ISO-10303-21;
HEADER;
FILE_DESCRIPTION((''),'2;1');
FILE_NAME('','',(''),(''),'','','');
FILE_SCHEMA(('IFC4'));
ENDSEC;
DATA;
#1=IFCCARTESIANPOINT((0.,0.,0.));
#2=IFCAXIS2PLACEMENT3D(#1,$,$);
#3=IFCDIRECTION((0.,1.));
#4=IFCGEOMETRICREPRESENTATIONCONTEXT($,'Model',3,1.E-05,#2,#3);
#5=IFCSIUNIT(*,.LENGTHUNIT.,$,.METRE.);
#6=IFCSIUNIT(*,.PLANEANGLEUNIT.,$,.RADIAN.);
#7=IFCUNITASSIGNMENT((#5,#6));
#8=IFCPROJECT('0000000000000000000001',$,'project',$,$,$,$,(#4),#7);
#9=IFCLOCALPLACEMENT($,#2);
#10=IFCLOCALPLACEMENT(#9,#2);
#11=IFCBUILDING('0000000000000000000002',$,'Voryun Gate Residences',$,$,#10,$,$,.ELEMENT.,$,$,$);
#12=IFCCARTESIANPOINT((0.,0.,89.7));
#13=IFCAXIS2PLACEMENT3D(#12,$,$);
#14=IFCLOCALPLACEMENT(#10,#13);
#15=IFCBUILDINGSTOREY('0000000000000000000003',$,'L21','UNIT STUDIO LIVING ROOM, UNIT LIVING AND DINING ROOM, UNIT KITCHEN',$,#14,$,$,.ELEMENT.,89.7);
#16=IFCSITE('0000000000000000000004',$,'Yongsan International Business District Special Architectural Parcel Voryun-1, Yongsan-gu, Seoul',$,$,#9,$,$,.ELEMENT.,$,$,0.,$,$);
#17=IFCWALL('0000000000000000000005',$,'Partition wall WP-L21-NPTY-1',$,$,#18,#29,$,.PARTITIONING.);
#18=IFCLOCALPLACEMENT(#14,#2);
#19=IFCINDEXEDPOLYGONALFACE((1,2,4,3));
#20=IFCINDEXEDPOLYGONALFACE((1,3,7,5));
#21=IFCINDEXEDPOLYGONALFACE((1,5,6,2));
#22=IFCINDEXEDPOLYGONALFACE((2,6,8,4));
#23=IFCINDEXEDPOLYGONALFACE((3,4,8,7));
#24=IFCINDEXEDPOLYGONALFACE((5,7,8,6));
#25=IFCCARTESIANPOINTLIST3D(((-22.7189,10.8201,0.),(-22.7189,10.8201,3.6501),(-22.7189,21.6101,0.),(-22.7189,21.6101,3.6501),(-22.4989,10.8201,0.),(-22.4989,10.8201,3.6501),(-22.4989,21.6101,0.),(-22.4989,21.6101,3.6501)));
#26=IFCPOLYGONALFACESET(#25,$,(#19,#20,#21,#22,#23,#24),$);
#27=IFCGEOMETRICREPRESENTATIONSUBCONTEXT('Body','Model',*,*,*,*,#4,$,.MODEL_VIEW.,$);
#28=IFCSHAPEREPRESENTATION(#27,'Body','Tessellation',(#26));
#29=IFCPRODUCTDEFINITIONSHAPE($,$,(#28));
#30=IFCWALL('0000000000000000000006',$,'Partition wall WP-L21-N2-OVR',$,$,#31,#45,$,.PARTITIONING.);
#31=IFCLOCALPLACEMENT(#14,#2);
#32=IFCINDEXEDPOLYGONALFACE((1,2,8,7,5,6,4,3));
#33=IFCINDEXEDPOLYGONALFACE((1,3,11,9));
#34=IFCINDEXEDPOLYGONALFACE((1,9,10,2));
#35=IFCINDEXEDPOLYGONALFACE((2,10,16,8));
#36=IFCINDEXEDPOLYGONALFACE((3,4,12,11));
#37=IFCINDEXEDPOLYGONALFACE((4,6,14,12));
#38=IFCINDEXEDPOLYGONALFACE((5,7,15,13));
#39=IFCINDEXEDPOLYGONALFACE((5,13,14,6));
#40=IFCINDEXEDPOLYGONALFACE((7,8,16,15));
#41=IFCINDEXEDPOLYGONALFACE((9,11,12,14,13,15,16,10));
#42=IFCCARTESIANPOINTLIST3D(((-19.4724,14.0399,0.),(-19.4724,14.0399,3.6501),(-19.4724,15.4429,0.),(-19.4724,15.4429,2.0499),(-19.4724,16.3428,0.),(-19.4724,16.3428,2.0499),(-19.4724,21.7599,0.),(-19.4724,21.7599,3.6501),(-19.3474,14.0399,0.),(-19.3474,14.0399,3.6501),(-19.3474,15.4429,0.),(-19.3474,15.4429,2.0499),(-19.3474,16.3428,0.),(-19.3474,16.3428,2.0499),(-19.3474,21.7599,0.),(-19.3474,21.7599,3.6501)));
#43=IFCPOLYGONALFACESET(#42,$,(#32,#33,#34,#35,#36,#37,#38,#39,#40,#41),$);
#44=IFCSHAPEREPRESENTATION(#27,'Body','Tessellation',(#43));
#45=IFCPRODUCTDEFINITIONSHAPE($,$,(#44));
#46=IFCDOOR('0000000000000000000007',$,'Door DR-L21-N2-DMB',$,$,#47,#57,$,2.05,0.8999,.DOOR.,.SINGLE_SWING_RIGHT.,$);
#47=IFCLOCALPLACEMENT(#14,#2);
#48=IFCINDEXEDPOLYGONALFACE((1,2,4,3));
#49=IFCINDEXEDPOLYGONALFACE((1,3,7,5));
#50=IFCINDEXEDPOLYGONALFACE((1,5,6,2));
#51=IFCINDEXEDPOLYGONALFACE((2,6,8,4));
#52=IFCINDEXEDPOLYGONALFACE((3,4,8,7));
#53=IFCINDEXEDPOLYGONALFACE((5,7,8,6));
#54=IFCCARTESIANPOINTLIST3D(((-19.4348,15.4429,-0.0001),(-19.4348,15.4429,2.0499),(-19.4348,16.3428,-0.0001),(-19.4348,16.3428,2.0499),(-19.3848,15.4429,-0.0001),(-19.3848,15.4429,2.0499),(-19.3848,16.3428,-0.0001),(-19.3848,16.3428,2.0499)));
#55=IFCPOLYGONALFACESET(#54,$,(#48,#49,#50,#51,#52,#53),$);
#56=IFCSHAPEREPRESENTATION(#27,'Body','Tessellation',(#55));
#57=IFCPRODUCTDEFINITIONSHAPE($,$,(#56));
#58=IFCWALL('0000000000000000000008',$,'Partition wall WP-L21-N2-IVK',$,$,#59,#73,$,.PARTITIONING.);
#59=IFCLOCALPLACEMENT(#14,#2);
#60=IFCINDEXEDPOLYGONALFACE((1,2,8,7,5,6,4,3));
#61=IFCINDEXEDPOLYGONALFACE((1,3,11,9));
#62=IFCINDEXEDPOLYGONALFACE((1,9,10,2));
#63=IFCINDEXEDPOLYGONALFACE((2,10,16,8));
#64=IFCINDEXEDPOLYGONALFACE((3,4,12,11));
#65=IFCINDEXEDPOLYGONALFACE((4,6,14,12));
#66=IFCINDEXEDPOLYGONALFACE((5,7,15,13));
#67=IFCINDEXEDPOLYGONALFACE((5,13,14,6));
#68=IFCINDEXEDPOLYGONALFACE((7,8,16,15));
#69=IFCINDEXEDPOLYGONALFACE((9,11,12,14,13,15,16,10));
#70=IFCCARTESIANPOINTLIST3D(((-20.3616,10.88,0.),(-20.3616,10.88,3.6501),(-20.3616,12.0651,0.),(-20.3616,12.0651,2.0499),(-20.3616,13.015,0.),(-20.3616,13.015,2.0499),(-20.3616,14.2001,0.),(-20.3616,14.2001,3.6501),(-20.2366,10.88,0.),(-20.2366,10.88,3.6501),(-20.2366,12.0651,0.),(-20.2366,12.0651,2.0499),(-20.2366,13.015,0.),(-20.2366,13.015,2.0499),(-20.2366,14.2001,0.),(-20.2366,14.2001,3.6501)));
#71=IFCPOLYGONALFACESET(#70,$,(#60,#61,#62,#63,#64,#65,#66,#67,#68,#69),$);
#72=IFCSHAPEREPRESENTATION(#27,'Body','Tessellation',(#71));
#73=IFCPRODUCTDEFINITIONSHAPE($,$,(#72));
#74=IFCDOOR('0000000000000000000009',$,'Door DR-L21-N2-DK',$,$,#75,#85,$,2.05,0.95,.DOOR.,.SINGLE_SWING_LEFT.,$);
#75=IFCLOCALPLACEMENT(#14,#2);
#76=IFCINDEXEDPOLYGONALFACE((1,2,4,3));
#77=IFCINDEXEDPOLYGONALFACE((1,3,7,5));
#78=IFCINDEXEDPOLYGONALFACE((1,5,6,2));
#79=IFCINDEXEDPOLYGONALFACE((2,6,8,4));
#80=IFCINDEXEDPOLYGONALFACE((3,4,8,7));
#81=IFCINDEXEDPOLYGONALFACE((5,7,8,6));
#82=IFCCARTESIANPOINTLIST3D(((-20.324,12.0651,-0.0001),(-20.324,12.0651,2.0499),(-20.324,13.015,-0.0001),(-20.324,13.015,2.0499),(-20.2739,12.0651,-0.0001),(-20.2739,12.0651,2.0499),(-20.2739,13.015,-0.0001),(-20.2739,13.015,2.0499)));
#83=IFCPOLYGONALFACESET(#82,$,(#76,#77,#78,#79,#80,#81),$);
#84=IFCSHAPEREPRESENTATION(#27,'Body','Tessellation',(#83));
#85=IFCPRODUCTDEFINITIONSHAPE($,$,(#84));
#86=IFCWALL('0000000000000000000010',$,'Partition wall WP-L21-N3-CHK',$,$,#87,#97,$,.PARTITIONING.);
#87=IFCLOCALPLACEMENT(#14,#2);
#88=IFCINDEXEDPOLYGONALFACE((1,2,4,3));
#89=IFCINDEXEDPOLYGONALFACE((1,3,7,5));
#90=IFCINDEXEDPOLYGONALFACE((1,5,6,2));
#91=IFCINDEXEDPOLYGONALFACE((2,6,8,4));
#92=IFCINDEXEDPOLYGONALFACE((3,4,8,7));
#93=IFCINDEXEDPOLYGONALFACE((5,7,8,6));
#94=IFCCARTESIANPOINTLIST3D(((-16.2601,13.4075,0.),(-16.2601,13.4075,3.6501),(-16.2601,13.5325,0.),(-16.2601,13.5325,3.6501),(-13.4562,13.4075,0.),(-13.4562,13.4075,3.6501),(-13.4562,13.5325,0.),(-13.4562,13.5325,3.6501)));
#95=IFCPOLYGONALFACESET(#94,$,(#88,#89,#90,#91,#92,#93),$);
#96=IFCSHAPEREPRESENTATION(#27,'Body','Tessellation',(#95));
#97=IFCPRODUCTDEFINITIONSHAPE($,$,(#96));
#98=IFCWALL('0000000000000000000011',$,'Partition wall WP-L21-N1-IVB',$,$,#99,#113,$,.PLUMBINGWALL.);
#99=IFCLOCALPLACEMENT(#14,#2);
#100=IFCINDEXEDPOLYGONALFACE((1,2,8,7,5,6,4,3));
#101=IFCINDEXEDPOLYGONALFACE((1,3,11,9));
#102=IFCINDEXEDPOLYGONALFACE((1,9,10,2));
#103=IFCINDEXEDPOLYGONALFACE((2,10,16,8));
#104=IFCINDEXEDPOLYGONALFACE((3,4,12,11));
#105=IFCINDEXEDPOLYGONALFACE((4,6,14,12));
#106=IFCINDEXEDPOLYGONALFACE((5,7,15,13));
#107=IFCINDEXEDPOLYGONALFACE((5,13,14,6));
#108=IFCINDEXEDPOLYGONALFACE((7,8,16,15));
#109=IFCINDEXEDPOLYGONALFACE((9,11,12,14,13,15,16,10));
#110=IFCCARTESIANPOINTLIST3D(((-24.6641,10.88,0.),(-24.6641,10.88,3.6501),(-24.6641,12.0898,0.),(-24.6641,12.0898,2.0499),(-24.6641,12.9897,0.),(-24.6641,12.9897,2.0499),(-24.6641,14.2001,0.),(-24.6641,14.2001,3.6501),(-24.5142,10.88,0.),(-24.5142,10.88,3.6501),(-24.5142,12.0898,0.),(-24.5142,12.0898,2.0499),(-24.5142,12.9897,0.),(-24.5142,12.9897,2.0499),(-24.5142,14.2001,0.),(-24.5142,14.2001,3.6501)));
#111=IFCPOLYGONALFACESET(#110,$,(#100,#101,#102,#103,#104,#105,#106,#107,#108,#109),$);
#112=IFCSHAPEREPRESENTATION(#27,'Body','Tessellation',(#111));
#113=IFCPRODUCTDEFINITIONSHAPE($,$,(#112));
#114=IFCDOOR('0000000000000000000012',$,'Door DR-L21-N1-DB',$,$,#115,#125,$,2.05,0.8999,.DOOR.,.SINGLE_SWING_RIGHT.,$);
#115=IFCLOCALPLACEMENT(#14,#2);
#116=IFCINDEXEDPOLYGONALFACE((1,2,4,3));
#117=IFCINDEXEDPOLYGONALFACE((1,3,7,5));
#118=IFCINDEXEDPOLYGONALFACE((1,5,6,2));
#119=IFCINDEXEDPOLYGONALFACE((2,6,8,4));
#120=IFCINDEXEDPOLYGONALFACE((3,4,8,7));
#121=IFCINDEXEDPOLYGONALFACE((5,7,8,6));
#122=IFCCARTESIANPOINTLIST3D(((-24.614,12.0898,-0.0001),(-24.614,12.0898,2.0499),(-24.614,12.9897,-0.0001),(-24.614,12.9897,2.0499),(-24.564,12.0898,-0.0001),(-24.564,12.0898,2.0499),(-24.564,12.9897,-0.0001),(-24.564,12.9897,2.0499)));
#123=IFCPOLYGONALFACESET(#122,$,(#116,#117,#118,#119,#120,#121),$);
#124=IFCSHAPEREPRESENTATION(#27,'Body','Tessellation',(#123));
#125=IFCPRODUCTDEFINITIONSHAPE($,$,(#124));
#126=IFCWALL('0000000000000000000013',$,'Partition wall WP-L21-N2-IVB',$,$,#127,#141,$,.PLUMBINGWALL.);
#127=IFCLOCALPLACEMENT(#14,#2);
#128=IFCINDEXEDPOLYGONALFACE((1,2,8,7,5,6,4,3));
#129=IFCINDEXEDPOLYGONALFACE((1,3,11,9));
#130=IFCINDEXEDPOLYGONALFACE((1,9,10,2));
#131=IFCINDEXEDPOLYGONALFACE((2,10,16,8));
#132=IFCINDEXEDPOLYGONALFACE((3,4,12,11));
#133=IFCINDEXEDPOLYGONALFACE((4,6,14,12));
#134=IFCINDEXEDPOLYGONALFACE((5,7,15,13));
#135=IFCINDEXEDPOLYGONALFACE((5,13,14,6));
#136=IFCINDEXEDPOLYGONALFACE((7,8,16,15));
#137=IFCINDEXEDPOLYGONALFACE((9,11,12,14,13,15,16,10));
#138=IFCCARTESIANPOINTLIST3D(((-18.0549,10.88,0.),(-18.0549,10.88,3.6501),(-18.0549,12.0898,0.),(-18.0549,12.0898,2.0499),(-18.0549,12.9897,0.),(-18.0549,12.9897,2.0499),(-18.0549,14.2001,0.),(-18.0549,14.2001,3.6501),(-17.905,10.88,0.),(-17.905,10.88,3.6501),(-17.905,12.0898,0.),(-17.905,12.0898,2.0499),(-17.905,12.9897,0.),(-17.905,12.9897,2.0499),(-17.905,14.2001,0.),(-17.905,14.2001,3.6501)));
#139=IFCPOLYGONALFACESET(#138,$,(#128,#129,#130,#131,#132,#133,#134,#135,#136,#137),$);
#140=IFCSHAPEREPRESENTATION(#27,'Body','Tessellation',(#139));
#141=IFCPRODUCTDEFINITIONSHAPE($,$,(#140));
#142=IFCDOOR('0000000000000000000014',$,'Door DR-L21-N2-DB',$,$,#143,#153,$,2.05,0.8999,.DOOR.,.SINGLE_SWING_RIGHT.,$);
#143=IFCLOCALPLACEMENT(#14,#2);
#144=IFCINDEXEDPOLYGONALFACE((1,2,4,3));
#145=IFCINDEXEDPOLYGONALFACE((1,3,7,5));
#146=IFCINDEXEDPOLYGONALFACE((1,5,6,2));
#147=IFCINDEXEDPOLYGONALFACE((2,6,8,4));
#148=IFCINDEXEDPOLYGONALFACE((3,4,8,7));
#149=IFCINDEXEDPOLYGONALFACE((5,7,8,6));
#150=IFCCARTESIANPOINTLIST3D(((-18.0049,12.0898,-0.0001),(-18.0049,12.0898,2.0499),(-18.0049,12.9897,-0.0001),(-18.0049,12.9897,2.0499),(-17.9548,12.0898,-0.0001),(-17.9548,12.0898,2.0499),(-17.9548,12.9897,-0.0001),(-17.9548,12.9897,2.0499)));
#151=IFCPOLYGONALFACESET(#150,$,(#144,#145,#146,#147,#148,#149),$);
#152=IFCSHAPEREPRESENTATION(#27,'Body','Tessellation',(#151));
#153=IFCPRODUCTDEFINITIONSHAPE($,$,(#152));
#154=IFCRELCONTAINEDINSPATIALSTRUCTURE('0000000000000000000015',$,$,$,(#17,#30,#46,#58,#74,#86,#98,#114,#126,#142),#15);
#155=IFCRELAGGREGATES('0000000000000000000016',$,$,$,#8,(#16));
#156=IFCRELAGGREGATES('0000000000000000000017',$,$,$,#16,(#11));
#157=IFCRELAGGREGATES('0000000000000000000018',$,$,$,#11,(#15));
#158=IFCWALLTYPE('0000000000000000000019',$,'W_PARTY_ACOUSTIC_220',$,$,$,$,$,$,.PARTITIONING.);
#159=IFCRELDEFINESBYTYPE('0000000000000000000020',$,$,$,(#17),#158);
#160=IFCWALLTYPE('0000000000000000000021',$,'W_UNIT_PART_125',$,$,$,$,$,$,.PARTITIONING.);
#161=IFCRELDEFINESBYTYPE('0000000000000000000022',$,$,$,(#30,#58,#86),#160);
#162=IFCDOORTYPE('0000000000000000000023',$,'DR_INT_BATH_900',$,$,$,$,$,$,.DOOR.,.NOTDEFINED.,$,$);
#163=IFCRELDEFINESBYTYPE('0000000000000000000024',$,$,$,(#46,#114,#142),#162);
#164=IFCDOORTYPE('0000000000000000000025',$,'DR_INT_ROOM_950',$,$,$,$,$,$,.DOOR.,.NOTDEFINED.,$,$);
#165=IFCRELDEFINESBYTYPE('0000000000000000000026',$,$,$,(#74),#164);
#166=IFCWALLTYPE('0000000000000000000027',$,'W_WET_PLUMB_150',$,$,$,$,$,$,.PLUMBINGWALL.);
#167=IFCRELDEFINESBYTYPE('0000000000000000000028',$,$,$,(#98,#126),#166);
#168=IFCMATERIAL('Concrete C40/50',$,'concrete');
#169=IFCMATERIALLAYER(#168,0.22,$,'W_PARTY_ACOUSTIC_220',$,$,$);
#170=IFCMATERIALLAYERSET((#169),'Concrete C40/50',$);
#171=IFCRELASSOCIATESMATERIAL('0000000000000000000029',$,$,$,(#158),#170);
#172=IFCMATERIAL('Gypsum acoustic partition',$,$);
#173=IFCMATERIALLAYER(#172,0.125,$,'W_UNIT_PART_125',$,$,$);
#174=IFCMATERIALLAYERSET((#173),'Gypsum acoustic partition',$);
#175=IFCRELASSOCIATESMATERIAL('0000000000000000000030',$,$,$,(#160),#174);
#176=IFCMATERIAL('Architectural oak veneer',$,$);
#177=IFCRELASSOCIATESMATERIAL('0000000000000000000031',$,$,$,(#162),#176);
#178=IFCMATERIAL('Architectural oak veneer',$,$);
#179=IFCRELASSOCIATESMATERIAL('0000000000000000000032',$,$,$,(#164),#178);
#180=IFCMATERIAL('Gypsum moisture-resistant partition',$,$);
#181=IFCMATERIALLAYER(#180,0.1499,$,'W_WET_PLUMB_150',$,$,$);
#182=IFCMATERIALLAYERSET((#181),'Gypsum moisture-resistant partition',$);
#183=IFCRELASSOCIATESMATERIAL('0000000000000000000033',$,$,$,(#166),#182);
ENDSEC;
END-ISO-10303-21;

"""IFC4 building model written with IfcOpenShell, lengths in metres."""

from ifc_helpers import new_model, si_unit, direction, frame, frame_2d, origin, place, context, subcontext, project, spatial, rectangle, extrude, material, layer, layer_set, type_object, element, fill, save


model = new_model("IFC4")

# Units and contexts
model_context = context("Model", 3, precision=1e-05, world=origin(), true_north=direction((0.0, 1.0)))
body_context = subcontext(model_context, "Body", "Model", "MODEL_VIEW")
ifc_project = project(units=[si_unit("LENGTHUNIT", "METRE"), si_unit("PLANEANGLEUNIT", "RADIAN")], contexts=[model_context])

# Site, building, storey
site_placement = place(None, origin())
site = spatial("IfcSite", under=ifc_project, at=site_placement, Name="Yongsan International Business District Special Architectural Parcel Voryun-1, Yongsan-gu, Seoul", CompositionType="ELEMENT", RefElevation=0.0)
building_placement = place(site_placement, origin())
building = spatial("IfcBuilding", under=site, at=building_placement, Name="Voryun Gate Residences", CompositionType="ELEMENT")
storey_placement = place(building_placement, frame((0.0, 0.0, 89.7)))
storey = spatial("IfcBuildingStorey", under=building, at=storey_placement, Name="L21", Description="UNIT STUDIO LIVING ROOM, UNIT LIVING AND DINING ROOM, UNIT KITCHEN", CompositionType="ELEMENT", Elevation=89.7)

# Wall
ifc_material_1 = material(Name="Concrete C40/50", Category="concrete")
ifc_layer_1 = layer(ifc_material_1, 0.22, Name="W_PARTY_ACOUSTIC_220")
ifc_layer_set_1 = layer_set([ifc_layer_1], Name="Concrete C40/50")
wall_type_1 = type_object("IfcWallType", Name="W_PARTY_ACOUSTIC_220", PredefinedType="PARTITIONING", material=ifc_layer_set_1)
wall_1_placement = place(storey_placement, frame((-22.6089, 10.8201, 0.0), z_axis=(0.0, 0.0, 1.0), x_axis=(0.0, 1.0, 0.0)))
element("IfcWall", 1, at=wall_1_placement, inside=storey, type_object=wall_type_1, Name="Partition wall WP-L21-NPTY-1", PredefinedType="PARTITIONING", context=body_context, shape_type="SweptSolid", body=[
    extrude(rectangle(XDim=10.79, YDim=0.22, at=frame_2d((5.395, 0.0))), origin(), (0.0, 0.0, 1.0), 3.6501),
])

# Walls, openings, doors
ifc_material_2 = material(Name="Gypsum acoustic partition")
ifc_layer_2 = layer(ifc_material_2, 0.125, Name="W_UNIT_PART_125")
ifc_layer_set_2 = layer_set([ifc_layer_2], Name="Gypsum acoustic partition")
wall_type_2 = type_object("IfcWallType", Name="W_UNIT_PART_125", PredefinedType="PARTITIONING", material=ifc_layer_set_2)
wall_2_placement = place(storey_placement, frame((-19.4099, 14.04, 0.0), z_axis=(0.0, 0.0, 1.0), x_axis=(0.0, 1.0, 0.0)))
wall_2 = element("IfcWall", 2, at=wall_2_placement, inside=storey, type_object=wall_type_2, Name="Partition wall WP-L21-N2-OVR", PredefinedType="PARTITIONING", context=body_context, shape_type="SweptSolid", body=[
    extrude(rectangle(XDim=7.72, YDim=0.125, at=frame_2d((3.8599, 0.0))), origin(), (0.0, 0.0, 1.0), 3.6501),
])
opening_1_placement = place(wall_2_placement, frame((1.4028, 0.0, 0.0)))
opening_1 = element("IfcOpeningElement", 3, at=opening_1_placement, cuts=wall_2, PredefinedType="OPENING", context=body_context, shape_type="SweptSolid", body=[
    extrude(rectangle(XDim=0.8999, YDim=2.05, at=frame_2d((0.45, 1.0249))), frame((0.0, 0.0725, 0.0), z_axis=(0.0, -1.0, 0.0), x_axis=(1.0, 0.0, 0.0)), (0.0, 0.0, 1.0), 0.145),
])
ifc_material_3 = material(Name="Architectural oak veneer")
door_type_1 = type_object("IfcDoorType", Name="DR_INT_BATH_900", OperationType="NOTDEFINED", PredefinedType="DOOR", material=ifc_material_3)
door_1_placement = place(opening_1_placement, origin())
door_1 = element("IfcDoor", 4, at=door_1_placement, inside=storey, type_object=door_type_1, Name="Door DR-L21-N2-DMB", OperationType="SINGLE_SWING_RIGHT", OverallHeight=2.05, OverallWidth=0.8999, PredefinedType="DOOR", context=body_context, shape_type="SweptSolid", body=[
    extrude(rectangle(XDim=0.8999, YDim=2.05, at=frame_2d((0.45, 1.0249))), frame((0.0, 0.0249, 0.0), z_axis=(0.0, -1.0, 0.0), x_axis=(1.0, 0.0, 0.0)), (0.0, 0.0, 1.0), 0.05),
])
fill(opening_1, door_1)
wall_3_placement = place(storey_placement, frame((-20.2991, 10.8799, 0.0), z_axis=(0.0, 0.0, 1.0), x_axis=(0.0, 1.0, 0.0)))
wall_3 = element("IfcWall", 5, at=wall_3_placement, inside=storey, type_object=wall_type_2, Name="Partition wall WP-L21-N2-IVK", PredefinedType="PARTITIONING", context=body_context, shape_type="SweptSolid", body=[
    extrude(rectangle(XDim=3.3201, YDim=0.125, at=frame_2d((1.6602, 0.0))), origin(), (0.0, 0.0, 1.0), 3.6501),
])
opening_2_placement = place(wall_3_placement, frame((1.1851, 0.0, 0.0)))
opening_2 = element("IfcOpeningElement", 6, at=opening_2_placement, cuts=wall_3, PredefinedType="OPENING", context=body_context, shape_type="SweptSolid", body=[
    extrude(rectangle(XDim=0.95, YDim=2.05, at=frame_2d((0.4751, 1.0249))), frame((0.0, 0.0725, 0.0), z_axis=(0.0, -1.0, 0.0), x_axis=(1.0, 0.0, 0.0)), (0.0, 0.0, 1.0), 0.145),
])
ifc_material_4 = material(Name="Architectural oak veneer")
door_type_2 = type_object("IfcDoorType", Name="DR_INT_ROOM_950", OperationType="NOTDEFINED", PredefinedType="DOOR", material=ifc_material_4)
door_2_placement = place(opening_2_placement, origin())
door_2 = element("IfcDoor", 7, at=door_2_placement, inside=storey, type_object=door_type_2, Name="Door DR-L21-N2-DK", OperationType="SINGLE_SWING_LEFT", OverallHeight=2.05, OverallWidth=0.95, PredefinedType="DOOR", context=body_context, shape_type="SweptSolid", body=[
    extrude(rectangle(XDim=0.95, YDim=2.05, at=frame_2d((0.4751, 1.0249))), frame((0.0, 0.0249, 0.0), z_axis=(0.0, -1.0, 0.0), x_axis=(1.0, 0.0, 0.0)), (0.0, 0.0, 1.0), 0.05),
])
fill(opening_2, door_2)

# Wall
wall_4_placement = place(storey_placement, frame((-16.26, 13.47, 0.0), z_axis=(0.0, 0.0, 1.0), x_axis=(1.0, 0.0, 0.0)))
element("IfcWall", 8, at=wall_4_placement, inside=storey, type_object=wall_type_2, Name="Partition wall WP-L21-N3-CHK", PredefinedType="PARTITIONING", context=body_context, shape_type="SweptSolid", body=[
    extrude(rectangle(XDim=2.804, YDim=0.125, at=frame_2d((1.4019, 0.0))), origin(), (0.0, 0.0, 1.0), 3.6501),
])

# Walls, openings, doors
ifc_material_5 = material(Name="Gypsum moisture-resistant partition")
ifc_layer_3 = layer(ifc_material_5, 0.1499, Name="W_WET_PLUMB_150")
ifc_layer_set_3 = layer_set([ifc_layer_3], Name="Gypsum moisture-resistant partition")
wall_type_3 = type_object("IfcWallType", Name="W_WET_PLUMB_150", PredefinedType="PLUMBINGWALL", material=ifc_layer_set_3)
wall_5_placement = place(storey_placement, frame((-24.5891, 10.8799, 0.0), z_axis=(0.0, 0.0, 1.0), x_axis=(0.0, 1.0, 0.0)))
wall_5 = element("IfcWall", 9, at=wall_5_placement, inside=storey, type_object=wall_type_3, Name="Partition wall WP-L21-N1-IVB", PredefinedType="PLUMBINGWALL", context=body_context, shape_type="SweptSolid", body=[
    extrude(rectangle(XDim=3.3201, YDim=0.1499, at=frame_2d((1.6602, 0.0))), origin(), (0.0, 0.0, 1.0), 3.6501),
])
opening_3_placement = place(wall_5_placement, frame((1.21, 0.0, 0.0)))
opening_3 = element("IfcOpeningElement", 10, at=opening_3_placement, cuts=wall_5, PredefinedType="OPENING", context=body_context, shape_type="SweptSolid", body=[
    extrude(rectangle(XDim=0.8999, YDim=2.05, at=frame_2d((0.45, 1.0249))), frame((0.0, 0.085, 0.0), z_axis=(0.0, -1.0, 0.0), x_axis=(1.0, 0.0, 0.0)), (0.0, 0.0, 1.0), 0.1699),
])
door_3_placement = place(opening_3_placement, origin())
door_3 = element("IfcDoor", 11, at=door_3_placement, inside=storey, type_object=door_type_1, Name="Door DR-L21-N1-DB", OperationType="SINGLE_SWING_RIGHT", OverallHeight=2.05, OverallWidth=0.8999, PredefinedType="DOOR", context=body_context, shape_type="SweptSolid", body=[
    extrude(rectangle(XDim=0.8999, YDim=2.05, at=frame_2d((0.45, 1.0249))), frame((0.0, 0.0249, 0.0), z_axis=(0.0, -1.0, 0.0), x_axis=(1.0, 0.0, 0.0)), (0.0, 0.0, 1.0), 0.05),
])
fill(opening_3, door_3)
wall_6_placement = place(storey_placement, frame((-17.98, 10.8799, 0.0), z_axis=(0.0, 0.0, 1.0), x_axis=(0.0, 1.0, 0.0)))
wall_6 = element("IfcWall", 12, at=wall_6_placement, inside=storey, type_object=wall_type_3, Name="Partition wall WP-L21-N2-IVB", PredefinedType="PLUMBINGWALL", context=body_context, shape_type="SweptSolid", body=[
    extrude(rectangle(XDim=3.3201, YDim=0.1499, at=frame_2d((1.6602, 0.0))), origin(), (0.0, 0.0, 1.0), 3.6501),
])
opening_4_placement = place(wall_6_placement, frame((1.21, 0.0, 0.0)))
opening_4 = element("IfcOpeningElement", 13, at=opening_4_placement, cuts=wall_6, PredefinedType="OPENING", context=body_context, shape_type="SweptSolid", body=[
    extrude(rectangle(XDim=0.8999, YDim=2.05, at=frame_2d((0.45, 1.0249))), frame((0.0, 0.085, 0.0), z_axis=(0.0, -1.0, 0.0), x_axis=(1.0, 0.0, 0.0)), (0.0, 0.0, 1.0), 0.1699),
])
door_4_placement = place(opening_4_placement, origin())
door_4 = element("IfcDoor", 14, at=door_4_placement, inside=storey, type_object=door_type_1, Name="Door DR-L21-N2-DB", OperationType="SINGLE_SWING_RIGHT", OverallHeight=2.05, OverallWidth=0.8999, PredefinedType="DOOR", context=body_context, shape_type="SweptSolid", body=[
    extrude(rectangle(XDim=0.8999, YDim=2.05, at=frame_2d((0.45, 1.0249))), frame((0.0, 0.0249, 0.0), z_axis=(0.0, -1.0, 0.0), x_axis=(1.0, 0.0, 0.0)), (0.0, 0.0, 1.0), 0.05),
])
fill(opening_4, door_4)

save(model, "model.ifc")
